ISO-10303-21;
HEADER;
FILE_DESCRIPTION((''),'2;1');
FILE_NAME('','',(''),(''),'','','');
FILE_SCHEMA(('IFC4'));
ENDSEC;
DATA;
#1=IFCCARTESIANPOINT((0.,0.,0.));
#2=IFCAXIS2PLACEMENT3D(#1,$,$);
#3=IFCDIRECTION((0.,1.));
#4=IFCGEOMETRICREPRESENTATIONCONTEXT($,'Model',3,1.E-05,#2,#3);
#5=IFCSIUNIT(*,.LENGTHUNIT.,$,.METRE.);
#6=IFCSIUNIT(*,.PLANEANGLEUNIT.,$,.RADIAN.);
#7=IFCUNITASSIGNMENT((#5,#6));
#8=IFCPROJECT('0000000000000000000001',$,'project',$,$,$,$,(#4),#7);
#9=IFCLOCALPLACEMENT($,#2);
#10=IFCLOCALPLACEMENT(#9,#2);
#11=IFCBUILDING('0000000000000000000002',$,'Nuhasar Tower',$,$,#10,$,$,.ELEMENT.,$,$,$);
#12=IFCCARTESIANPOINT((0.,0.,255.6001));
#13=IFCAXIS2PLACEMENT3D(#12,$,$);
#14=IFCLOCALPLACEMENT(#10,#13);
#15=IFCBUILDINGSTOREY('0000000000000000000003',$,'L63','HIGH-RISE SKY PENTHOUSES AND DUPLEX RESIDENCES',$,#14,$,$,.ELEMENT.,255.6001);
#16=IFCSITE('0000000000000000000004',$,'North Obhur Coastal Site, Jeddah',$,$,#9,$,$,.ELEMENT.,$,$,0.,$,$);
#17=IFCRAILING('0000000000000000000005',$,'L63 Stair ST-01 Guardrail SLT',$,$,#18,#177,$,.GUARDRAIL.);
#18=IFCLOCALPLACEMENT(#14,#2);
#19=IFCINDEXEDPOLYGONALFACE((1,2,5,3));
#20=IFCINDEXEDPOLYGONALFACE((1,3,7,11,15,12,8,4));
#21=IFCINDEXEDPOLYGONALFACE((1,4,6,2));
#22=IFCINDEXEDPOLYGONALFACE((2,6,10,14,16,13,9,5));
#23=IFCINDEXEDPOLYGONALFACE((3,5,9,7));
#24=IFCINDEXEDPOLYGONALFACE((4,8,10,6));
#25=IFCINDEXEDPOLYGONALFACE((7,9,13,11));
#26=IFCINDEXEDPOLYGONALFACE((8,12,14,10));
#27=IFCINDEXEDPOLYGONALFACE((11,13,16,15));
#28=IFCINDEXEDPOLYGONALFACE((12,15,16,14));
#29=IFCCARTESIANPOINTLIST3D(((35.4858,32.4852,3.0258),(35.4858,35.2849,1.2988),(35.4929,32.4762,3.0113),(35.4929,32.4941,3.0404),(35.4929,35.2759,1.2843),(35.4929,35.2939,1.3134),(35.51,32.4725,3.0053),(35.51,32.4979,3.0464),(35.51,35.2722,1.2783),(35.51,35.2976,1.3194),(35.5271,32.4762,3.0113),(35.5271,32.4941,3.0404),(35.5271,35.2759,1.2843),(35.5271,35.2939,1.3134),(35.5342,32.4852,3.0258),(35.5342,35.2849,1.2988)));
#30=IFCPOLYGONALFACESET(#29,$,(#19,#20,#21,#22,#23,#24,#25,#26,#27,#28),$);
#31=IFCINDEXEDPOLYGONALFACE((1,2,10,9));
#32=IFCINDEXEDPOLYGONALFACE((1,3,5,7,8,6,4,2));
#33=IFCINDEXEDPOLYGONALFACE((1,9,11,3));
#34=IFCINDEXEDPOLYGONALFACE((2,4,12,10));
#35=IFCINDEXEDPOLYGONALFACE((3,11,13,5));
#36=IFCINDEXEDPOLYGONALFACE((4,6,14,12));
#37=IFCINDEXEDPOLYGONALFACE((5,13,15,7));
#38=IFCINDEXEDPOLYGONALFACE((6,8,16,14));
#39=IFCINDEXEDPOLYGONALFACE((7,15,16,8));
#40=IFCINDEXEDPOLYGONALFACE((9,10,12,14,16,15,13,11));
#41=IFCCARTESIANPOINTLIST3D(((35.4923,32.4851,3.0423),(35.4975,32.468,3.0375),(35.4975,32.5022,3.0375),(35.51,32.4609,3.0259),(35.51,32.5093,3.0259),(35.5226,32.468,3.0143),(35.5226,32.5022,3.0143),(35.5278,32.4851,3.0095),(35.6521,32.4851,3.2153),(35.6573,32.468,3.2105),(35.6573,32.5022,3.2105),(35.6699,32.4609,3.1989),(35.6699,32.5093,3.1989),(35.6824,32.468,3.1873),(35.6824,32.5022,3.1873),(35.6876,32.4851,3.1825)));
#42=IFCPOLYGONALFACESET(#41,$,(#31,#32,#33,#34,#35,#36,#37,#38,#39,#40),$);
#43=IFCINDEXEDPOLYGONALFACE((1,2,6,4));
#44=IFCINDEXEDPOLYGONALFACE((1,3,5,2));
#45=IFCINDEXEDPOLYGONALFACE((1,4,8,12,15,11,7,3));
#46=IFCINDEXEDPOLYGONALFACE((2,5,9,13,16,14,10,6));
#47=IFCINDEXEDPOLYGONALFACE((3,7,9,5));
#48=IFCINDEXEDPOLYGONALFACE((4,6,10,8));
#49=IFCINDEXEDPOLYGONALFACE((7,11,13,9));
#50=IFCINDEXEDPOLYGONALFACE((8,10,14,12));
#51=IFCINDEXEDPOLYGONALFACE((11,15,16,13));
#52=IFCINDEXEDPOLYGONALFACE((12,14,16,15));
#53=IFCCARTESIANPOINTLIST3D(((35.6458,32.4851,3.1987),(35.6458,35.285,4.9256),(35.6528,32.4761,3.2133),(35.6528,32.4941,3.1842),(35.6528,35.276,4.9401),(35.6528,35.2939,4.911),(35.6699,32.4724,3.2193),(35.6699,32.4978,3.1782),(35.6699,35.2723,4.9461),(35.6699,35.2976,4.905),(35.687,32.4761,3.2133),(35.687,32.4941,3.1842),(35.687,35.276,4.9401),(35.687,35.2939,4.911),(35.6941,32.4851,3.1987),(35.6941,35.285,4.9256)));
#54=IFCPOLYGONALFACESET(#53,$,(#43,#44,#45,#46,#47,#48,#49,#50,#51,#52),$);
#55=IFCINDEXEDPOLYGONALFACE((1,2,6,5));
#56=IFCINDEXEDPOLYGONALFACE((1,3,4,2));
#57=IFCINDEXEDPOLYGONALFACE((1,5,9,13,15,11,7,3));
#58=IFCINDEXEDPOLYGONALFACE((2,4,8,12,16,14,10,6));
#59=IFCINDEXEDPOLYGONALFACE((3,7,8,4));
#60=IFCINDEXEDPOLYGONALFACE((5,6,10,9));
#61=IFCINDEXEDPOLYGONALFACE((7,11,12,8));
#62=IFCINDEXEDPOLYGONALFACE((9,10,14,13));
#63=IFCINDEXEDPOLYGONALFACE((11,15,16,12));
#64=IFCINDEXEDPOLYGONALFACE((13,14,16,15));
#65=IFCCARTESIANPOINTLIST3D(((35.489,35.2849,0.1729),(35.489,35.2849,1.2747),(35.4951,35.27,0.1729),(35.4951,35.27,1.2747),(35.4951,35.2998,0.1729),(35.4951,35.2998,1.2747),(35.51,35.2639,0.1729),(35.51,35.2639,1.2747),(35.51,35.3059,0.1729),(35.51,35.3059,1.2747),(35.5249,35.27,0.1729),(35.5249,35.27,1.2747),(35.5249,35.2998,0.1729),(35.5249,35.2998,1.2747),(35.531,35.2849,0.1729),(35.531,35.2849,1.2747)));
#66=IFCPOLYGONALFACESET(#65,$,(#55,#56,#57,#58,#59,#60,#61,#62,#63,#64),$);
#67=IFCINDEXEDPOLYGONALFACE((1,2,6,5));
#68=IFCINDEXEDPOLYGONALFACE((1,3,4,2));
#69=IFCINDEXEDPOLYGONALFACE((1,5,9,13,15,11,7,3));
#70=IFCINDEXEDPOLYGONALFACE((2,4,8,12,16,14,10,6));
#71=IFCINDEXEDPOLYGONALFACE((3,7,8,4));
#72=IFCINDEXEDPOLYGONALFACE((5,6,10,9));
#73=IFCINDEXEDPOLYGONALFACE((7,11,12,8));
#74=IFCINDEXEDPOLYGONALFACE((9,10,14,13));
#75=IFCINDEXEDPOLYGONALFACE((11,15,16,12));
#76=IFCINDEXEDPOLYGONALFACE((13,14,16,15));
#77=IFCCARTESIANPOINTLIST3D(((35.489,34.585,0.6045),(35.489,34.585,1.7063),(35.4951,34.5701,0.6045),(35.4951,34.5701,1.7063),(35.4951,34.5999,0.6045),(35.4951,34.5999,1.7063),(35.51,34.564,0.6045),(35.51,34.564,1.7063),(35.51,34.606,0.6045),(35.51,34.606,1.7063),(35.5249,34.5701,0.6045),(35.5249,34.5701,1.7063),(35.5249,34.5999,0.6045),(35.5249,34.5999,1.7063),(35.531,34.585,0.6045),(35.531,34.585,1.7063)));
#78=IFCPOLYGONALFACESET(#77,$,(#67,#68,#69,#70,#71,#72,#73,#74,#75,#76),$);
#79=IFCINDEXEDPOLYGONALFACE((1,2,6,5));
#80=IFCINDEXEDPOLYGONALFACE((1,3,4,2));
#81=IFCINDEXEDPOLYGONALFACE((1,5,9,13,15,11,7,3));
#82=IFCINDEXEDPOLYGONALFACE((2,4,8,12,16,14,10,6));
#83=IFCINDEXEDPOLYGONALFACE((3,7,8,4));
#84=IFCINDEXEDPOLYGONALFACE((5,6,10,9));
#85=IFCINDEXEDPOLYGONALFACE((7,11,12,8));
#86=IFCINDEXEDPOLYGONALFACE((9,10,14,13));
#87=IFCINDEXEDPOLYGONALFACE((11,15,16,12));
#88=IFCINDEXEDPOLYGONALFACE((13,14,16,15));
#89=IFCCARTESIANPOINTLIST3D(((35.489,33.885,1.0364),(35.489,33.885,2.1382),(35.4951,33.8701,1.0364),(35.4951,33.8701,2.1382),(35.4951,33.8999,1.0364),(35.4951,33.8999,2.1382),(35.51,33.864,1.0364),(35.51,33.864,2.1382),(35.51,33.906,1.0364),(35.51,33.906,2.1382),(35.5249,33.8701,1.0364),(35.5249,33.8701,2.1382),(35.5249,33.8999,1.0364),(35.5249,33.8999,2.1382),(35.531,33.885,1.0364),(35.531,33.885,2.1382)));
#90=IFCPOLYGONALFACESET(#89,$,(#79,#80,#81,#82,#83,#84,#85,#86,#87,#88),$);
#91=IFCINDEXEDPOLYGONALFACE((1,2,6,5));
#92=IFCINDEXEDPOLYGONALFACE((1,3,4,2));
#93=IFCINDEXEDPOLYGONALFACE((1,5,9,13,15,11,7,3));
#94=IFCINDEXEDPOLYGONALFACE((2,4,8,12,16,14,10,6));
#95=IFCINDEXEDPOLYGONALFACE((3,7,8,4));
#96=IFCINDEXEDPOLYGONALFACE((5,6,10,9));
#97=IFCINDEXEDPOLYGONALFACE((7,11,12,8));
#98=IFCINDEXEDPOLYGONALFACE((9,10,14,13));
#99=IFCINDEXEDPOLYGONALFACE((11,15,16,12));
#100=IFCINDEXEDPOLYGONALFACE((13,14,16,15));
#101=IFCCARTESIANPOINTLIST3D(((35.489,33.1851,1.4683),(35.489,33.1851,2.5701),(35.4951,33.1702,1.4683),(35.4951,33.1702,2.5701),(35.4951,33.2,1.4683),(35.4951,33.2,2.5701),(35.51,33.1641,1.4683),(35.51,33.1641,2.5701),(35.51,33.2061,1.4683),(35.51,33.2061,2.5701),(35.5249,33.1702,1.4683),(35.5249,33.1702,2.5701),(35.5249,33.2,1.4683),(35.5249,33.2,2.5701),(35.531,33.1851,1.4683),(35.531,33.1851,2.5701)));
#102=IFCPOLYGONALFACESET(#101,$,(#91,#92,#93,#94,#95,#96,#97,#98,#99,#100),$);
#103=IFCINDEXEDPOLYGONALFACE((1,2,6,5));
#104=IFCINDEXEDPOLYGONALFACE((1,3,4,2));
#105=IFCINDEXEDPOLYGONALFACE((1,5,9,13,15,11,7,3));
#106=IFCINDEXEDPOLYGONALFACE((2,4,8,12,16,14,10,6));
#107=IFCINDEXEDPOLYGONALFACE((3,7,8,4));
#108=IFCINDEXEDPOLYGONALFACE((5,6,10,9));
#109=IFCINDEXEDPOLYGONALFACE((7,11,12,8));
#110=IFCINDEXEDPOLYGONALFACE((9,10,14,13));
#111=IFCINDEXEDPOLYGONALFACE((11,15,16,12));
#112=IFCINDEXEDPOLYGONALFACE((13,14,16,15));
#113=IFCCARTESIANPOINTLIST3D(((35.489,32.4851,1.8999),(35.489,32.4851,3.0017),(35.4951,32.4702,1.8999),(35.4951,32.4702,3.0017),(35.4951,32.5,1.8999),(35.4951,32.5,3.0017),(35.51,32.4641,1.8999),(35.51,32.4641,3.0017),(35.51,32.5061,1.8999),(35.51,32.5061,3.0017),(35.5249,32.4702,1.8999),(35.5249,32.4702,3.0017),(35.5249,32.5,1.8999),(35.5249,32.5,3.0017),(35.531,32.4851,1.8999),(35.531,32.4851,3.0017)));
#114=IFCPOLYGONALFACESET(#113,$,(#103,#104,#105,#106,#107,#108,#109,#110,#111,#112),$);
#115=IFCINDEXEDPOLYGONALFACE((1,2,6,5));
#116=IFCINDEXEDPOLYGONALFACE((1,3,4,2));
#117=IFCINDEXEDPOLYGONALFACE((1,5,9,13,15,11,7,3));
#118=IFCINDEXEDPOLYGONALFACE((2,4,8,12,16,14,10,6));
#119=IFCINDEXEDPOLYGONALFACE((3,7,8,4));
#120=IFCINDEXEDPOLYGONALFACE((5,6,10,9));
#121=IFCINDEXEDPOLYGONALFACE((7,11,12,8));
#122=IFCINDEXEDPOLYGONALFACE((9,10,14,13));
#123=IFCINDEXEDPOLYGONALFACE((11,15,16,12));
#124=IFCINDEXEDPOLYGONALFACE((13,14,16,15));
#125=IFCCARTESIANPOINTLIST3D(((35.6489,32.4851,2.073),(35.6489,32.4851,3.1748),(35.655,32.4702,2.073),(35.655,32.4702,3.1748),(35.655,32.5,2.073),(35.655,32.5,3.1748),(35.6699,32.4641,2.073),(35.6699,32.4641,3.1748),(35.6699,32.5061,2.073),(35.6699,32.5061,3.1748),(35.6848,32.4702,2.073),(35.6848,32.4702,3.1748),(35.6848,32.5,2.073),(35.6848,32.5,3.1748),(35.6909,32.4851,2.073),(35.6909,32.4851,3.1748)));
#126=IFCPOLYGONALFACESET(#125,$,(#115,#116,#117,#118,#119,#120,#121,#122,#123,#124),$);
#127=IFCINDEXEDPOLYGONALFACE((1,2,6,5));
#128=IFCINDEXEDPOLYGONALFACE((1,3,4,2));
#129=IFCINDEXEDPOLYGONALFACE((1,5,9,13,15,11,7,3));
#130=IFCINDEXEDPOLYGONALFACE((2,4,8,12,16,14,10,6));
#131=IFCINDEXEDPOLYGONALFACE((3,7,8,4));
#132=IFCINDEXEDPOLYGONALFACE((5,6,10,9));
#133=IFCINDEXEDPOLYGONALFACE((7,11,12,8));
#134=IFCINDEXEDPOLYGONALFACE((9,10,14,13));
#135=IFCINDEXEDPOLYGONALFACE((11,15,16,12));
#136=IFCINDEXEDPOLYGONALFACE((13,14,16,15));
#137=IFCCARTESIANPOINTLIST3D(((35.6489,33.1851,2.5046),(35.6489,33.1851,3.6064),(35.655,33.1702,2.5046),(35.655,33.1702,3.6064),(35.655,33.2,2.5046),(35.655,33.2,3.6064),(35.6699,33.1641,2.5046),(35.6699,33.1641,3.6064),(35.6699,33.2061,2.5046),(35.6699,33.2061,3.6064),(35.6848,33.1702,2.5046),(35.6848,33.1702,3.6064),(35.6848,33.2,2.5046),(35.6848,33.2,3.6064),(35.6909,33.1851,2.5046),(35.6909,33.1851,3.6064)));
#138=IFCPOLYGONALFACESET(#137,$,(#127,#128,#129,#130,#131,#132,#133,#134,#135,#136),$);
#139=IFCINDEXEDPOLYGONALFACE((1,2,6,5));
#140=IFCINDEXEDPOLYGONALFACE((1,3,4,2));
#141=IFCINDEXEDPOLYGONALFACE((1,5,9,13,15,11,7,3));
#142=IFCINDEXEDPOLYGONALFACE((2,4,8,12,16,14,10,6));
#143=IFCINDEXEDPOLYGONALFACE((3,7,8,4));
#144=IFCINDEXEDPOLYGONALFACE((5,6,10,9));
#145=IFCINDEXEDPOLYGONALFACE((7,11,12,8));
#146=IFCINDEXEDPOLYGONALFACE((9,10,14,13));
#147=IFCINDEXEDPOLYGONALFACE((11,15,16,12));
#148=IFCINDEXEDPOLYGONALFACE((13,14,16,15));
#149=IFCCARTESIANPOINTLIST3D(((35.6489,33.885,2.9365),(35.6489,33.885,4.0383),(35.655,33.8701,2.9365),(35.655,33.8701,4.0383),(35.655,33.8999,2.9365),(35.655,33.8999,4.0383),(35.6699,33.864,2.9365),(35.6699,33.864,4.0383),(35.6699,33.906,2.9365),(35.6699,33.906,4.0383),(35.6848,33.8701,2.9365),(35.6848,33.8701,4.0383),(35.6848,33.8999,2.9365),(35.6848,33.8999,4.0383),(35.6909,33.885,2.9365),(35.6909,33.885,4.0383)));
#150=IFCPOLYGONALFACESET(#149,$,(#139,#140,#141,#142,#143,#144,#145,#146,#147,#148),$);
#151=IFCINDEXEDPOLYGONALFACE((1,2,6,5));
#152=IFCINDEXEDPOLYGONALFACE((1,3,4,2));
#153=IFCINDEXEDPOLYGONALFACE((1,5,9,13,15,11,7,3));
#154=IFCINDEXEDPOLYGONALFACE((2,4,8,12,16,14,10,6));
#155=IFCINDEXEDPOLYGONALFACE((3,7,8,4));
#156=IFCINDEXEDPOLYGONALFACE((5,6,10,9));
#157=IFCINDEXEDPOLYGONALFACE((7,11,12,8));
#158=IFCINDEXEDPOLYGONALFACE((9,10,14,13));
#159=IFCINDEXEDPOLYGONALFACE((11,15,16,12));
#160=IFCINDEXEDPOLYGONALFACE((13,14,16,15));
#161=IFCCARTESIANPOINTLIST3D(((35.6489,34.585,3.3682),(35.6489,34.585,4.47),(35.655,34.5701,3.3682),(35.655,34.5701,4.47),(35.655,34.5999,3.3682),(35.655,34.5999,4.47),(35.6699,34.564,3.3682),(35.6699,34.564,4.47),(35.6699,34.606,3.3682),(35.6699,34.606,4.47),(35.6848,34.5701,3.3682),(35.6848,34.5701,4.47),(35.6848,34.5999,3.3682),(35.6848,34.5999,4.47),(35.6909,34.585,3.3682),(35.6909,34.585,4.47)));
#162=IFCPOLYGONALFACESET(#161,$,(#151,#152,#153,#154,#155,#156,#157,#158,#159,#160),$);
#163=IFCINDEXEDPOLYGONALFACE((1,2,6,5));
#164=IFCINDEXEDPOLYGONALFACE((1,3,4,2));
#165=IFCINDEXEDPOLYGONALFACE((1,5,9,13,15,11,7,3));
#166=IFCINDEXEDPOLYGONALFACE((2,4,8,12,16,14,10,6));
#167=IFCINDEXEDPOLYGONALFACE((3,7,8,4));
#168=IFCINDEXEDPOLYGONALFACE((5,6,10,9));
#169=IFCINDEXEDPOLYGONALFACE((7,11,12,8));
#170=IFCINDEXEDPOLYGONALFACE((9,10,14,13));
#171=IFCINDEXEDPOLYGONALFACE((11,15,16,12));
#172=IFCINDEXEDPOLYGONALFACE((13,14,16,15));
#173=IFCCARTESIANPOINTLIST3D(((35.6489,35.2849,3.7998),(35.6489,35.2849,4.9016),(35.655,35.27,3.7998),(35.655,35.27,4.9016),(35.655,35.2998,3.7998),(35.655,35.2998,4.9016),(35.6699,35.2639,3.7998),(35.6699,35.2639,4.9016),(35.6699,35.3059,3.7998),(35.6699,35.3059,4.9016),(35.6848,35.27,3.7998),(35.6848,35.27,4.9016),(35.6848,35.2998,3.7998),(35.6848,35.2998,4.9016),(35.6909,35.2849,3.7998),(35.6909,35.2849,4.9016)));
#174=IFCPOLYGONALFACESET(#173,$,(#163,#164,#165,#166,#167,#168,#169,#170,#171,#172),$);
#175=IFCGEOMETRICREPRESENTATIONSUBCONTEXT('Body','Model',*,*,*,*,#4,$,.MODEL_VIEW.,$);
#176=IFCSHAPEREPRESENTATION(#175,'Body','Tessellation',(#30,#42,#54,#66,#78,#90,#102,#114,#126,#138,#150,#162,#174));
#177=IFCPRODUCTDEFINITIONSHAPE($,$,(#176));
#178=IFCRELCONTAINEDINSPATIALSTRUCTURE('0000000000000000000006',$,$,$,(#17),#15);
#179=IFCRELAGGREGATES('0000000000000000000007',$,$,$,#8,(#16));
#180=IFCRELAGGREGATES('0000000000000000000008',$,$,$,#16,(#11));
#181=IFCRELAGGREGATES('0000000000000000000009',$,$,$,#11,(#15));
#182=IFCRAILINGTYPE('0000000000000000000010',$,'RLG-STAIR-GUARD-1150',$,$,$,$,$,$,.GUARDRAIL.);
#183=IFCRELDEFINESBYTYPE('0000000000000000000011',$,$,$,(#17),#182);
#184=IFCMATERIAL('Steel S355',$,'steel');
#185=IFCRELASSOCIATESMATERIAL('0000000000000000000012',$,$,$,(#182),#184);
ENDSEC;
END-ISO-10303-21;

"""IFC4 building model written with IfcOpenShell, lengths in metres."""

from ifc_helpers import new_model, si_unit, direction, frame, origin, place, context, subcontext, project, spatial, polyline, outline, extrude, material, type_object, element, save


model = new_model("IFC4")

# Units and contexts
model_context = context("Model", 3, precision=1e-05, world=origin(), true_north=direction((0.0, 1.0)))
body_context = subcontext(model_context, "Body", "Model", "MODEL_VIEW")
ifc_project = project(units=[si_unit("LENGTHUNIT", "METRE"), si_unit("PLANEANGLEUNIT", "RADIAN")], contexts=[model_context])

# Site, building, storey
site_placement = place(None, origin())
site = spatial("IfcSite", under=ifc_project, at=site_placement, Name="North Obhur Coastal Site, Jeddah", CompositionType="ELEMENT", RefElevation=0.0)
building_placement = place(site_placement, origin())
building = spatial("IfcBuilding", under=site, at=building_placement, Name="Nuhasar Tower", CompositionType="ELEMENT")
storey_placement = place(building_placement, frame((0.0, 0.0, 255.6001)))
storey = spatial("IfcBuildingStorey", under=building, at=storey_placement, Name="L63", Description="HIGH-RISE SKY PENTHOUSES AND DUPLEX RESIDENCES", CompositionType="ELEMENT", Elevation=255.6001)

# Shared definitions
ifc_material_1 = material(Name="Steel S355", Category="steel")

# Railing
railing_type_1 = type_object("IfcRailingType", Name="RLG-STAIR-GUARD-1150", PredefinedType="GUARDRAIL", material=ifc_material_1)
railing_1_placement = place(storey_placement, frame((35.51, 35.2849, 0.1729)))
element("IfcRailing", 1, at=railing_1_placement, inside=storey, type_object=railing_type_1, Name="L63 Stair ST-01 Guardrail SLT", PredefinedType="GUARDRAIL", context=body_context, shape_type="SweptSolid", body=[
    extrude(outline(polyline([(0.0242, 0.0), (0.0171, 0.0171), (0.0, 0.0242), (-0.0171, 0.0171), (-0.0242, 0.0), (-0.0171, -0.0171), (0.0, -0.0242), (0.0171, -0.0171), (0.0242, 0.0)])), frame((0.0, 0.0, 1.126), z_axis=(0.0, -0.851102, 0.525), x_axis=(1.0, 0.0, 0.0)), (0.0, 0.0, 1.0), 3.2896),
    extrude(outline(polyline([(0.0242, 0.0), (0.0171, 0.0171), (0.0, 0.0242), (-0.0171, 0.0171), (-0.0242, 0.0), (-0.0171, -0.0171), (0.0, -0.0242), (0.0171, -0.0171), (0.0242, 0.0)])), frame((0.0, -2.7998, 2.853), z_axis=(0.678581, 0.0, 0.734525), x_axis=(0.0, 1.0, 0.0)), (0.0, 0.0, 1.0), 0.2356),
    extrude(outline(polyline([(0.0242, 0.0), (0.0171, 0.0171), (0.0, 0.0242), (-0.0171, 0.0171), (-0.0242, 0.0), (-0.0171, -0.0171), (0.0, -0.0242), (0.0171, -0.0171), (0.0242, 0.0)])), frame((0.1599, -2.7998, 3.0259), z_axis=(0.0, 0.851135, 0.524946), x_axis=(-1.0, 0.0, 0.0)), (0.0, 0.0, 1.0), 3.2896),
    extrude(outline(polyline([(0.021, 0.0), (0.0149, 0.0149), (0.0, 0.021), (-0.0149, 0.0149), (-0.021, 0.0), (-0.0149, -0.0149), (0.0, -0.021), (0.0149, -0.0149), (0.021, 0.0)])), origin(), (0.0, 0.0, 1.0), 1.1018),
    extrude(outline(polyline([(0.021, 0.0), (0.0149, 0.0149), (0.0, 0.021), (-0.0149, 0.0149), (-0.021, 0.0), (-0.0149, -0.0149), (0.0, -0.021), (0.0149, -0.0149), (0.021, 0.0)])), frame((0.0, -0.7, 0.4316)), (0.0, 0.0, 1.0), 1.1018),
    extrude(outline(polyline([(0.021, 0.0), (0.0149, 0.0149), (0.0, 0.021), (-0.0149, 0.0149), (-0.021, 0.0), (-0.0149, -0.0149), (0.0, -0.021), (0.0149, -0.0149), (0.021, 0.0)])), frame((0.0, -1.3999, 0.8635)), (0.0, 0.0, 1.0), 1.1018),
    extrude(outline(polyline([(0.021, 0.0), (0.0149, 0.0149), (0.0, 0.021), (-0.0149, 0.0149), (-0.021, 0.0), (-0.0149, -0.0149), (0.0, -0.021), (0.0149, -0.0149), (0.021, 0.0)])), frame((0.0, -2.0999, 1.2954)), (0.0, 0.0, 1.0), 1.1018),
    extrude(outline(polyline([(0.021, 0.0), (0.0149, 0.0149), (0.0, 0.021), (-0.0149, 0.0149), (-0.021, 0.0), (-0.0149, -0.0149), (0.0, -0.021), (0.0149, -0.0149), (0.021, 0.0)])), frame((0.0, -2.7998, 1.7271)), (0.0, 0.0, 1.0), 1.1018),
    extrude(outline(polyline([(0.021, 0.0), (0.0149, 0.0149), (0.0, 0.021), (-0.0149, 0.0149), (-0.021, 0.0), (-0.0149, -0.0149), (0.0, -0.021), (0.0149, -0.0149), (0.021, 0.0)])), frame((0.1599, -2.7998, 1.9001)), (0.0, 0.0, 1.0), 1.1018),
    extrude(outline(polyline([(0.021, 0.0), (0.0149, 0.0149), (0.0, 0.021), (-0.0149, 0.0149), (-0.021, 0.0), (-0.0149, -0.0149), (0.0, -0.021), (0.0149, -0.0149), (0.021, 0.0)])), frame((0.1599, -2.0999, 2.3318)), (0.0, 0.0, 1.0), 1.1018),
    extrude(outline(polyline([(0.021, 0.0), (0.0149, 0.0149), (0.0, 0.021), (-0.0149, 0.0149), (-0.021, 0.0), (-0.0149, -0.0149), (0.0, -0.021), (0.0149, -0.0149), (0.021, 0.0)])), frame((0.1599, -1.3999, 2.7637)), (0.0, 0.0, 1.0), 1.1018),
    extrude(outline(polyline([(0.021, 0.0), (0.0149, 0.0149), (0.0, 0.021), (-0.0149, 0.0149), (-0.021, 0.0), (-0.0149, -0.0149), (0.0, -0.021), (0.0149, -0.0149), (0.021, 0.0)])), frame((0.1599, -0.7, 3.1953)), (0.0, 0.0, 1.0), 1.1018),
    extrude(outline(polyline([(0.021, 0.0), (0.0149, 0.0149), (0.0, 0.021), (-0.0149, 0.0149), (-0.021, 0.0), (-0.0149, -0.0149), (0.0, -0.021), (0.0149, -0.0149), (0.021, 0.0)])), frame((0.1599, 0.0, 3.627)), (0.0, 0.0, 1.0), 1.1018),
])

save(model, "model.ifc")
